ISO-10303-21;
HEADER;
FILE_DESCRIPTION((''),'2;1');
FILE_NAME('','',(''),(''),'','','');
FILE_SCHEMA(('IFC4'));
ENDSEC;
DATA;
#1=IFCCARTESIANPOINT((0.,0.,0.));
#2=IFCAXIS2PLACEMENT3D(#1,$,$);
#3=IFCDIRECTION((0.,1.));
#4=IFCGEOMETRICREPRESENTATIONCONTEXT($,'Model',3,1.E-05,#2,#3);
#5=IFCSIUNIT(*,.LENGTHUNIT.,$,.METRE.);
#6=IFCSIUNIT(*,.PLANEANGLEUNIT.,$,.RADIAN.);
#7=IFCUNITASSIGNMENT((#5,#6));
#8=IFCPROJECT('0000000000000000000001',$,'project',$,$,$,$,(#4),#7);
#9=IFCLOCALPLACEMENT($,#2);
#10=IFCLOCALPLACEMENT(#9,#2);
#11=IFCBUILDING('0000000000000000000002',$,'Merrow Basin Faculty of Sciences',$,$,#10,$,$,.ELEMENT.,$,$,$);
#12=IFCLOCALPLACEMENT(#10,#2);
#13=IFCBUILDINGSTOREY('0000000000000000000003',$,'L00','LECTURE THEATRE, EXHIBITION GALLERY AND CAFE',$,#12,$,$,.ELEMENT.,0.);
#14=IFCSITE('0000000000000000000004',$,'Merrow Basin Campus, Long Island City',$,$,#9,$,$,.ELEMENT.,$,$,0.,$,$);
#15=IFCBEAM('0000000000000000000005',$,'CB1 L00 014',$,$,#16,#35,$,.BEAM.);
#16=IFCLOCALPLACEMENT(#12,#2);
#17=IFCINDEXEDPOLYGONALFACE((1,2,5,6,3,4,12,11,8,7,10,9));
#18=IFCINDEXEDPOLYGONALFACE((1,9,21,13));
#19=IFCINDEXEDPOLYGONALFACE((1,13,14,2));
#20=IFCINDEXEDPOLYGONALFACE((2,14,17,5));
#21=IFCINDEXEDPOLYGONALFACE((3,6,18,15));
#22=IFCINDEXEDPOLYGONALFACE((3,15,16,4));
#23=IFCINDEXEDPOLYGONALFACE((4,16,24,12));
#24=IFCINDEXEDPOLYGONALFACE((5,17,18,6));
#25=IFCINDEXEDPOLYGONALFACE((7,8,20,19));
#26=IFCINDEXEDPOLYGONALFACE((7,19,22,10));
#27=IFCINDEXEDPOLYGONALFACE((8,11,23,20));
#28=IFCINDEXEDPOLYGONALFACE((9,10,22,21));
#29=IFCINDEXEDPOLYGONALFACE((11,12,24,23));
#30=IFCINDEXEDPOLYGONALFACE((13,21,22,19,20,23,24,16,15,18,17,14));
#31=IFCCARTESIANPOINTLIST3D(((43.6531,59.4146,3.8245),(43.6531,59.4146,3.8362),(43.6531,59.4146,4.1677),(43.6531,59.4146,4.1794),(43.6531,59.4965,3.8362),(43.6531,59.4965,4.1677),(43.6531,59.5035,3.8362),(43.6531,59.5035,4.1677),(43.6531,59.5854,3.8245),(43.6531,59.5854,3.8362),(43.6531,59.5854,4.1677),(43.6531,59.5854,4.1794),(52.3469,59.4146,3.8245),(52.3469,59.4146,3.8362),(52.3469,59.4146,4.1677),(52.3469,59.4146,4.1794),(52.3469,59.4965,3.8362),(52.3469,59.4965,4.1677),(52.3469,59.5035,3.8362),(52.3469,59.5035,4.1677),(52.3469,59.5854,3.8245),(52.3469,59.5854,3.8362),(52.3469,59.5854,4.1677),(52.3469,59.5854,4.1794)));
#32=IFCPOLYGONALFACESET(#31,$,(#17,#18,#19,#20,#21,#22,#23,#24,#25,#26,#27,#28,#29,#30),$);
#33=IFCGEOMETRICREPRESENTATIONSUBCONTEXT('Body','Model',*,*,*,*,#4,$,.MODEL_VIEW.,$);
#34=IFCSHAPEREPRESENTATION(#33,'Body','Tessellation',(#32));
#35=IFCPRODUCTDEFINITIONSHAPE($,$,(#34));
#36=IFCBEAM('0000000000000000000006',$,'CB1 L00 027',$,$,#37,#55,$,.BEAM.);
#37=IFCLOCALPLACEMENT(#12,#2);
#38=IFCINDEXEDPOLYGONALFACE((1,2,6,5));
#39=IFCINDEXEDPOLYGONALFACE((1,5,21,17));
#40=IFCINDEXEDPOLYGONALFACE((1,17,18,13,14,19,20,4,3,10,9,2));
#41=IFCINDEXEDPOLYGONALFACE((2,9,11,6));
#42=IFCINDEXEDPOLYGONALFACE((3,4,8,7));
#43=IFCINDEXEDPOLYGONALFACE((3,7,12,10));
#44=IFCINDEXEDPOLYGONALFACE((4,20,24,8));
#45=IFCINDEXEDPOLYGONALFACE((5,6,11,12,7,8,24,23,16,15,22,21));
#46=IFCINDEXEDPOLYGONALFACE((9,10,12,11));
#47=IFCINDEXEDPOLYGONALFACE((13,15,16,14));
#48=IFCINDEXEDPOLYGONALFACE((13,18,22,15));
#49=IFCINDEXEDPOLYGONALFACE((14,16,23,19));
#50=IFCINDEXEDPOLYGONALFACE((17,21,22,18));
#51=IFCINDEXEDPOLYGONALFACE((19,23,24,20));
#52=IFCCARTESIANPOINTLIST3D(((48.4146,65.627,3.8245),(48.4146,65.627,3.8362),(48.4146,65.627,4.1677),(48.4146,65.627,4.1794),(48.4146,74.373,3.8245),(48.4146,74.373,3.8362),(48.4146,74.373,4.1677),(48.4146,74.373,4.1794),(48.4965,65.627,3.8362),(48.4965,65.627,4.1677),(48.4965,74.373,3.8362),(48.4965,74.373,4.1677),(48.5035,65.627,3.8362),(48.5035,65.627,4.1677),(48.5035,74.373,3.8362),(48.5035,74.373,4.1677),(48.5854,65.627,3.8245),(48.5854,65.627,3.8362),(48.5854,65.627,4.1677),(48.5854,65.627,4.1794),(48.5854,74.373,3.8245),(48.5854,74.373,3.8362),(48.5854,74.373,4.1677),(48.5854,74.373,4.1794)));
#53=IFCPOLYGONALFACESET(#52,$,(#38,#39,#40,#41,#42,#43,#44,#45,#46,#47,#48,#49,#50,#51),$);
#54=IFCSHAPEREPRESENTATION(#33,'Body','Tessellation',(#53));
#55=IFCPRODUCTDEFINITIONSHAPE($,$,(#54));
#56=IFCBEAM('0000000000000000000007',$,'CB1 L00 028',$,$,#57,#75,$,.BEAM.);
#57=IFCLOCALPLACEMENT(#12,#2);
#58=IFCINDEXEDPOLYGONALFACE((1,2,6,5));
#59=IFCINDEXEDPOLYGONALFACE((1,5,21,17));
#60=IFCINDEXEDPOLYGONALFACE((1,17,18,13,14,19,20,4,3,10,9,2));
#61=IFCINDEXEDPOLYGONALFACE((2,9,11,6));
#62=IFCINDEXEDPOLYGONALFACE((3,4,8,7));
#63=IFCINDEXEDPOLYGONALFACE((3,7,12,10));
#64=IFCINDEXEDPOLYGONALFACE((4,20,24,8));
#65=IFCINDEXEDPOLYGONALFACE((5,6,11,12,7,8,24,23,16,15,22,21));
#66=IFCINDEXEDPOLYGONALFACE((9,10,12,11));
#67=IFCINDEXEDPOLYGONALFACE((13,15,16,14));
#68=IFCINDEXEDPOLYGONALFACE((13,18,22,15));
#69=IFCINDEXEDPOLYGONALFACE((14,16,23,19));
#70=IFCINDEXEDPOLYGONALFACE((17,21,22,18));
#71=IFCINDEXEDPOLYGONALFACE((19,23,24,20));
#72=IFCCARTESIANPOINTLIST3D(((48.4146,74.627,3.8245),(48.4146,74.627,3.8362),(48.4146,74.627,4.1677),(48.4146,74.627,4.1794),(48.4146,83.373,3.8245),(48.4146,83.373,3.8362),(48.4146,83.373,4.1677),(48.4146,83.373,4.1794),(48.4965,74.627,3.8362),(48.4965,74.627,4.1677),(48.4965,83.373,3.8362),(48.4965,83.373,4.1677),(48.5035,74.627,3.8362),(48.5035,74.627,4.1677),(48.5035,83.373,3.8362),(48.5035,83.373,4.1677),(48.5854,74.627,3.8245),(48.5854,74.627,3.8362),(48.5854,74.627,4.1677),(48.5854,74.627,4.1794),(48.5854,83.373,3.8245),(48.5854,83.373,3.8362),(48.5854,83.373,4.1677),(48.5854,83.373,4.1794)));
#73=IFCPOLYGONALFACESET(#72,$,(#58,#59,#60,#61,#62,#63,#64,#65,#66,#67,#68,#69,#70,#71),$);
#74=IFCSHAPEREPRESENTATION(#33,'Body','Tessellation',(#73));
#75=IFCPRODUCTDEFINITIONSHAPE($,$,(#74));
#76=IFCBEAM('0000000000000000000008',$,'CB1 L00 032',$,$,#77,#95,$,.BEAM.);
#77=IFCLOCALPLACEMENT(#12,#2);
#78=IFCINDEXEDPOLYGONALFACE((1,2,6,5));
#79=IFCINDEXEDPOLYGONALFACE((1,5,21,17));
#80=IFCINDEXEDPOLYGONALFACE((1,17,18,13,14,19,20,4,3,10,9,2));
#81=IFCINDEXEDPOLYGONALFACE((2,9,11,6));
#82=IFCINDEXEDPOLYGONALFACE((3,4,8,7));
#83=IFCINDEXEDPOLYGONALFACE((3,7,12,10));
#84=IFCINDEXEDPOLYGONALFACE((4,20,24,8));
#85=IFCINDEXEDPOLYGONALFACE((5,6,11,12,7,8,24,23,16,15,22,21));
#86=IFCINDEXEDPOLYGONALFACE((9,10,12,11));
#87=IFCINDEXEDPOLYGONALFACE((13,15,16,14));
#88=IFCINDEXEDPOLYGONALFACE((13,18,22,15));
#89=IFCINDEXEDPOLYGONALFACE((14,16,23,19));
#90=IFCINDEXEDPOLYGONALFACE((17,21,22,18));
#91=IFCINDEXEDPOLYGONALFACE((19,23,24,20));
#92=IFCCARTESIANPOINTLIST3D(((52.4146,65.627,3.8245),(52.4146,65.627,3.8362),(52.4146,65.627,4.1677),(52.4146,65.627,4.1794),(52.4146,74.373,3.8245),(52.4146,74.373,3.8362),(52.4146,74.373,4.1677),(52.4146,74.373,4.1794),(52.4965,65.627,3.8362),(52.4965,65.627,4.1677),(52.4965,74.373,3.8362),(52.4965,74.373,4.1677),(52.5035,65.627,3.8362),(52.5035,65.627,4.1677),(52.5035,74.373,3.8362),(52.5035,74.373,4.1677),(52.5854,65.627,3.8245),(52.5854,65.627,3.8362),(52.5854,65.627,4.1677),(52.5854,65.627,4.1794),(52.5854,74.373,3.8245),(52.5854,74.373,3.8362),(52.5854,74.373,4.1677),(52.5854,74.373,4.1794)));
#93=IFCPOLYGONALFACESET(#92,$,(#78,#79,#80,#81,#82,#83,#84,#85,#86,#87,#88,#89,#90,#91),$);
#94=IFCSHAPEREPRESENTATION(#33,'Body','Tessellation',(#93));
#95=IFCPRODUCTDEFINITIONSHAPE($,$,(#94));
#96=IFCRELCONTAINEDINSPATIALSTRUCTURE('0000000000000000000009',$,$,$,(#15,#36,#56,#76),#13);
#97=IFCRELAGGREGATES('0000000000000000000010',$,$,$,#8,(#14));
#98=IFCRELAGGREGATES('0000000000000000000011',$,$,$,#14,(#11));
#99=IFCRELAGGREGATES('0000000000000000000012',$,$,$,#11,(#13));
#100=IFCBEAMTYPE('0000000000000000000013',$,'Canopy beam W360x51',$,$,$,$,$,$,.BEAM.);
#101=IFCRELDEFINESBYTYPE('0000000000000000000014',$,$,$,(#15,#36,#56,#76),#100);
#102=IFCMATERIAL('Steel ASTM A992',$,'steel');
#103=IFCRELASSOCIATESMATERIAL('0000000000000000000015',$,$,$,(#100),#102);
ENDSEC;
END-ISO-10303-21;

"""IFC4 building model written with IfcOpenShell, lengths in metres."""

from ifc_helpers import new_model, si_unit, direction, frame, origin, origin_2d, place, context, subcontext, project, spatial, i_section, extrude, material, material_profile, profile_set, type_object, element, save


model = new_model("IFC4")

# Units and contexts
model_context = context("Model", 3, precision=1e-05, world=origin(), true_north=direction((0.0, 1.0)))
body_context = subcontext(model_context, "Body", "Model", "MODEL_VIEW")
ifc_project = project(units=[si_unit("LENGTHUNIT", "METRE"), si_unit("PLANEANGLEUNIT", "RADIAN")], contexts=[model_context])

# Site, building, storey
site_placement = place(None, origin())
site = spatial("IfcSite", under=ifc_project, at=site_placement, Name="Merrow Basin Campus, Long Island City", CompositionType="ELEMENT", RefElevation=0.0)
building_placement = place(site_placement, origin())
building = spatial("IfcBuilding", under=site, at=building_placement, Name="Merrow Basin Faculty of Sciences", CompositionType="ELEMENT")
storey_placement = place(building_placement, origin())
storey = spatial("IfcBuildingStorey", under=building, at=storey_placement, Name="L00", Description="LECTURE THEATRE, EXHIBITION GALLERY AND CAFE", CompositionType="ELEMENT", Elevation=0.0)

# Beams
ifc_material_1 = material(Name="Steel ASTM A992", Category="steel")
ifc_material_profile_1 = material_profile(ifc_material_1, i_section(OverallWidth=0.1709, OverallDepth=0.355, WebThickness=0.0071, FlangeThickness=0.0117, at=origin_2d()))
ifc_profile_set_1 = profile_set([ifc_material_profile_1], Name="Steel ASTM A992")
beam_type = type_object("IfcBeamType", Name="Canopy beam W360x51", PredefinedType="BEAM", material=ifc_profile_set_1)
for number, where, z_axis, x_axis, name in (
    (1, (43.6531, 59.5, 4.002), (1.0, 0.0, 0.0), (0.0, 1.0, 0.0), "CB1 L00 014"),
):
    element("IfcBeam", number, at=place(storey_placement, frame(where, z_axis=z_axis, x_axis=x_axis)), inside=storey, type_object=beam_type, Name=name, PredefinedType="BEAM", context=body_context, shape_type="SweptSolid", body=[
        extrude(i_section(OverallWidth=0.1709, OverallDepth=0.355, WebThickness=0.0071, FlangeThickness=0.0117, at=origin_2d()), origin(), (0.0, 0.0, 1.0), 8.6938),
    ])
for number, where, z_axis, x_axis, name in (
    (2, (48.5, 65.627, 4.002), (0.0, 1.0, 0.0), (-1.0, 0.0, 0.0), "CB1 L00 027"),
    (3, (48.5, 74.627, 4.002), (0.0, 1.0, 0.0), (-1.0, 0.0, 0.0), "CB1 L00 028"),
    (4, (52.5, 65.627, 4.002), (0.0, 1.0, 0.0), (-1.0, 0.0, 0.0), "CB1 L00 032"),
):
    element("IfcBeam", number, at=place(storey_placement, frame(where, z_axis=z_axis, x_axis=x_axis)), inside=storey, type_object=beam_type, Name=name, PredefinedType="BEAM", context=body_context, shape_type="SweptSolid", body=[
        extrude(i_section(OverallWidth=0.1709, OverallDepth=0.355, WebThickness=0.0071, FlangeThickness=0.0117, at=origin_2d()), origin(), (0.0, 0.0, 1.0), 8.7461),
    ])

save(model, "model.ifc")
